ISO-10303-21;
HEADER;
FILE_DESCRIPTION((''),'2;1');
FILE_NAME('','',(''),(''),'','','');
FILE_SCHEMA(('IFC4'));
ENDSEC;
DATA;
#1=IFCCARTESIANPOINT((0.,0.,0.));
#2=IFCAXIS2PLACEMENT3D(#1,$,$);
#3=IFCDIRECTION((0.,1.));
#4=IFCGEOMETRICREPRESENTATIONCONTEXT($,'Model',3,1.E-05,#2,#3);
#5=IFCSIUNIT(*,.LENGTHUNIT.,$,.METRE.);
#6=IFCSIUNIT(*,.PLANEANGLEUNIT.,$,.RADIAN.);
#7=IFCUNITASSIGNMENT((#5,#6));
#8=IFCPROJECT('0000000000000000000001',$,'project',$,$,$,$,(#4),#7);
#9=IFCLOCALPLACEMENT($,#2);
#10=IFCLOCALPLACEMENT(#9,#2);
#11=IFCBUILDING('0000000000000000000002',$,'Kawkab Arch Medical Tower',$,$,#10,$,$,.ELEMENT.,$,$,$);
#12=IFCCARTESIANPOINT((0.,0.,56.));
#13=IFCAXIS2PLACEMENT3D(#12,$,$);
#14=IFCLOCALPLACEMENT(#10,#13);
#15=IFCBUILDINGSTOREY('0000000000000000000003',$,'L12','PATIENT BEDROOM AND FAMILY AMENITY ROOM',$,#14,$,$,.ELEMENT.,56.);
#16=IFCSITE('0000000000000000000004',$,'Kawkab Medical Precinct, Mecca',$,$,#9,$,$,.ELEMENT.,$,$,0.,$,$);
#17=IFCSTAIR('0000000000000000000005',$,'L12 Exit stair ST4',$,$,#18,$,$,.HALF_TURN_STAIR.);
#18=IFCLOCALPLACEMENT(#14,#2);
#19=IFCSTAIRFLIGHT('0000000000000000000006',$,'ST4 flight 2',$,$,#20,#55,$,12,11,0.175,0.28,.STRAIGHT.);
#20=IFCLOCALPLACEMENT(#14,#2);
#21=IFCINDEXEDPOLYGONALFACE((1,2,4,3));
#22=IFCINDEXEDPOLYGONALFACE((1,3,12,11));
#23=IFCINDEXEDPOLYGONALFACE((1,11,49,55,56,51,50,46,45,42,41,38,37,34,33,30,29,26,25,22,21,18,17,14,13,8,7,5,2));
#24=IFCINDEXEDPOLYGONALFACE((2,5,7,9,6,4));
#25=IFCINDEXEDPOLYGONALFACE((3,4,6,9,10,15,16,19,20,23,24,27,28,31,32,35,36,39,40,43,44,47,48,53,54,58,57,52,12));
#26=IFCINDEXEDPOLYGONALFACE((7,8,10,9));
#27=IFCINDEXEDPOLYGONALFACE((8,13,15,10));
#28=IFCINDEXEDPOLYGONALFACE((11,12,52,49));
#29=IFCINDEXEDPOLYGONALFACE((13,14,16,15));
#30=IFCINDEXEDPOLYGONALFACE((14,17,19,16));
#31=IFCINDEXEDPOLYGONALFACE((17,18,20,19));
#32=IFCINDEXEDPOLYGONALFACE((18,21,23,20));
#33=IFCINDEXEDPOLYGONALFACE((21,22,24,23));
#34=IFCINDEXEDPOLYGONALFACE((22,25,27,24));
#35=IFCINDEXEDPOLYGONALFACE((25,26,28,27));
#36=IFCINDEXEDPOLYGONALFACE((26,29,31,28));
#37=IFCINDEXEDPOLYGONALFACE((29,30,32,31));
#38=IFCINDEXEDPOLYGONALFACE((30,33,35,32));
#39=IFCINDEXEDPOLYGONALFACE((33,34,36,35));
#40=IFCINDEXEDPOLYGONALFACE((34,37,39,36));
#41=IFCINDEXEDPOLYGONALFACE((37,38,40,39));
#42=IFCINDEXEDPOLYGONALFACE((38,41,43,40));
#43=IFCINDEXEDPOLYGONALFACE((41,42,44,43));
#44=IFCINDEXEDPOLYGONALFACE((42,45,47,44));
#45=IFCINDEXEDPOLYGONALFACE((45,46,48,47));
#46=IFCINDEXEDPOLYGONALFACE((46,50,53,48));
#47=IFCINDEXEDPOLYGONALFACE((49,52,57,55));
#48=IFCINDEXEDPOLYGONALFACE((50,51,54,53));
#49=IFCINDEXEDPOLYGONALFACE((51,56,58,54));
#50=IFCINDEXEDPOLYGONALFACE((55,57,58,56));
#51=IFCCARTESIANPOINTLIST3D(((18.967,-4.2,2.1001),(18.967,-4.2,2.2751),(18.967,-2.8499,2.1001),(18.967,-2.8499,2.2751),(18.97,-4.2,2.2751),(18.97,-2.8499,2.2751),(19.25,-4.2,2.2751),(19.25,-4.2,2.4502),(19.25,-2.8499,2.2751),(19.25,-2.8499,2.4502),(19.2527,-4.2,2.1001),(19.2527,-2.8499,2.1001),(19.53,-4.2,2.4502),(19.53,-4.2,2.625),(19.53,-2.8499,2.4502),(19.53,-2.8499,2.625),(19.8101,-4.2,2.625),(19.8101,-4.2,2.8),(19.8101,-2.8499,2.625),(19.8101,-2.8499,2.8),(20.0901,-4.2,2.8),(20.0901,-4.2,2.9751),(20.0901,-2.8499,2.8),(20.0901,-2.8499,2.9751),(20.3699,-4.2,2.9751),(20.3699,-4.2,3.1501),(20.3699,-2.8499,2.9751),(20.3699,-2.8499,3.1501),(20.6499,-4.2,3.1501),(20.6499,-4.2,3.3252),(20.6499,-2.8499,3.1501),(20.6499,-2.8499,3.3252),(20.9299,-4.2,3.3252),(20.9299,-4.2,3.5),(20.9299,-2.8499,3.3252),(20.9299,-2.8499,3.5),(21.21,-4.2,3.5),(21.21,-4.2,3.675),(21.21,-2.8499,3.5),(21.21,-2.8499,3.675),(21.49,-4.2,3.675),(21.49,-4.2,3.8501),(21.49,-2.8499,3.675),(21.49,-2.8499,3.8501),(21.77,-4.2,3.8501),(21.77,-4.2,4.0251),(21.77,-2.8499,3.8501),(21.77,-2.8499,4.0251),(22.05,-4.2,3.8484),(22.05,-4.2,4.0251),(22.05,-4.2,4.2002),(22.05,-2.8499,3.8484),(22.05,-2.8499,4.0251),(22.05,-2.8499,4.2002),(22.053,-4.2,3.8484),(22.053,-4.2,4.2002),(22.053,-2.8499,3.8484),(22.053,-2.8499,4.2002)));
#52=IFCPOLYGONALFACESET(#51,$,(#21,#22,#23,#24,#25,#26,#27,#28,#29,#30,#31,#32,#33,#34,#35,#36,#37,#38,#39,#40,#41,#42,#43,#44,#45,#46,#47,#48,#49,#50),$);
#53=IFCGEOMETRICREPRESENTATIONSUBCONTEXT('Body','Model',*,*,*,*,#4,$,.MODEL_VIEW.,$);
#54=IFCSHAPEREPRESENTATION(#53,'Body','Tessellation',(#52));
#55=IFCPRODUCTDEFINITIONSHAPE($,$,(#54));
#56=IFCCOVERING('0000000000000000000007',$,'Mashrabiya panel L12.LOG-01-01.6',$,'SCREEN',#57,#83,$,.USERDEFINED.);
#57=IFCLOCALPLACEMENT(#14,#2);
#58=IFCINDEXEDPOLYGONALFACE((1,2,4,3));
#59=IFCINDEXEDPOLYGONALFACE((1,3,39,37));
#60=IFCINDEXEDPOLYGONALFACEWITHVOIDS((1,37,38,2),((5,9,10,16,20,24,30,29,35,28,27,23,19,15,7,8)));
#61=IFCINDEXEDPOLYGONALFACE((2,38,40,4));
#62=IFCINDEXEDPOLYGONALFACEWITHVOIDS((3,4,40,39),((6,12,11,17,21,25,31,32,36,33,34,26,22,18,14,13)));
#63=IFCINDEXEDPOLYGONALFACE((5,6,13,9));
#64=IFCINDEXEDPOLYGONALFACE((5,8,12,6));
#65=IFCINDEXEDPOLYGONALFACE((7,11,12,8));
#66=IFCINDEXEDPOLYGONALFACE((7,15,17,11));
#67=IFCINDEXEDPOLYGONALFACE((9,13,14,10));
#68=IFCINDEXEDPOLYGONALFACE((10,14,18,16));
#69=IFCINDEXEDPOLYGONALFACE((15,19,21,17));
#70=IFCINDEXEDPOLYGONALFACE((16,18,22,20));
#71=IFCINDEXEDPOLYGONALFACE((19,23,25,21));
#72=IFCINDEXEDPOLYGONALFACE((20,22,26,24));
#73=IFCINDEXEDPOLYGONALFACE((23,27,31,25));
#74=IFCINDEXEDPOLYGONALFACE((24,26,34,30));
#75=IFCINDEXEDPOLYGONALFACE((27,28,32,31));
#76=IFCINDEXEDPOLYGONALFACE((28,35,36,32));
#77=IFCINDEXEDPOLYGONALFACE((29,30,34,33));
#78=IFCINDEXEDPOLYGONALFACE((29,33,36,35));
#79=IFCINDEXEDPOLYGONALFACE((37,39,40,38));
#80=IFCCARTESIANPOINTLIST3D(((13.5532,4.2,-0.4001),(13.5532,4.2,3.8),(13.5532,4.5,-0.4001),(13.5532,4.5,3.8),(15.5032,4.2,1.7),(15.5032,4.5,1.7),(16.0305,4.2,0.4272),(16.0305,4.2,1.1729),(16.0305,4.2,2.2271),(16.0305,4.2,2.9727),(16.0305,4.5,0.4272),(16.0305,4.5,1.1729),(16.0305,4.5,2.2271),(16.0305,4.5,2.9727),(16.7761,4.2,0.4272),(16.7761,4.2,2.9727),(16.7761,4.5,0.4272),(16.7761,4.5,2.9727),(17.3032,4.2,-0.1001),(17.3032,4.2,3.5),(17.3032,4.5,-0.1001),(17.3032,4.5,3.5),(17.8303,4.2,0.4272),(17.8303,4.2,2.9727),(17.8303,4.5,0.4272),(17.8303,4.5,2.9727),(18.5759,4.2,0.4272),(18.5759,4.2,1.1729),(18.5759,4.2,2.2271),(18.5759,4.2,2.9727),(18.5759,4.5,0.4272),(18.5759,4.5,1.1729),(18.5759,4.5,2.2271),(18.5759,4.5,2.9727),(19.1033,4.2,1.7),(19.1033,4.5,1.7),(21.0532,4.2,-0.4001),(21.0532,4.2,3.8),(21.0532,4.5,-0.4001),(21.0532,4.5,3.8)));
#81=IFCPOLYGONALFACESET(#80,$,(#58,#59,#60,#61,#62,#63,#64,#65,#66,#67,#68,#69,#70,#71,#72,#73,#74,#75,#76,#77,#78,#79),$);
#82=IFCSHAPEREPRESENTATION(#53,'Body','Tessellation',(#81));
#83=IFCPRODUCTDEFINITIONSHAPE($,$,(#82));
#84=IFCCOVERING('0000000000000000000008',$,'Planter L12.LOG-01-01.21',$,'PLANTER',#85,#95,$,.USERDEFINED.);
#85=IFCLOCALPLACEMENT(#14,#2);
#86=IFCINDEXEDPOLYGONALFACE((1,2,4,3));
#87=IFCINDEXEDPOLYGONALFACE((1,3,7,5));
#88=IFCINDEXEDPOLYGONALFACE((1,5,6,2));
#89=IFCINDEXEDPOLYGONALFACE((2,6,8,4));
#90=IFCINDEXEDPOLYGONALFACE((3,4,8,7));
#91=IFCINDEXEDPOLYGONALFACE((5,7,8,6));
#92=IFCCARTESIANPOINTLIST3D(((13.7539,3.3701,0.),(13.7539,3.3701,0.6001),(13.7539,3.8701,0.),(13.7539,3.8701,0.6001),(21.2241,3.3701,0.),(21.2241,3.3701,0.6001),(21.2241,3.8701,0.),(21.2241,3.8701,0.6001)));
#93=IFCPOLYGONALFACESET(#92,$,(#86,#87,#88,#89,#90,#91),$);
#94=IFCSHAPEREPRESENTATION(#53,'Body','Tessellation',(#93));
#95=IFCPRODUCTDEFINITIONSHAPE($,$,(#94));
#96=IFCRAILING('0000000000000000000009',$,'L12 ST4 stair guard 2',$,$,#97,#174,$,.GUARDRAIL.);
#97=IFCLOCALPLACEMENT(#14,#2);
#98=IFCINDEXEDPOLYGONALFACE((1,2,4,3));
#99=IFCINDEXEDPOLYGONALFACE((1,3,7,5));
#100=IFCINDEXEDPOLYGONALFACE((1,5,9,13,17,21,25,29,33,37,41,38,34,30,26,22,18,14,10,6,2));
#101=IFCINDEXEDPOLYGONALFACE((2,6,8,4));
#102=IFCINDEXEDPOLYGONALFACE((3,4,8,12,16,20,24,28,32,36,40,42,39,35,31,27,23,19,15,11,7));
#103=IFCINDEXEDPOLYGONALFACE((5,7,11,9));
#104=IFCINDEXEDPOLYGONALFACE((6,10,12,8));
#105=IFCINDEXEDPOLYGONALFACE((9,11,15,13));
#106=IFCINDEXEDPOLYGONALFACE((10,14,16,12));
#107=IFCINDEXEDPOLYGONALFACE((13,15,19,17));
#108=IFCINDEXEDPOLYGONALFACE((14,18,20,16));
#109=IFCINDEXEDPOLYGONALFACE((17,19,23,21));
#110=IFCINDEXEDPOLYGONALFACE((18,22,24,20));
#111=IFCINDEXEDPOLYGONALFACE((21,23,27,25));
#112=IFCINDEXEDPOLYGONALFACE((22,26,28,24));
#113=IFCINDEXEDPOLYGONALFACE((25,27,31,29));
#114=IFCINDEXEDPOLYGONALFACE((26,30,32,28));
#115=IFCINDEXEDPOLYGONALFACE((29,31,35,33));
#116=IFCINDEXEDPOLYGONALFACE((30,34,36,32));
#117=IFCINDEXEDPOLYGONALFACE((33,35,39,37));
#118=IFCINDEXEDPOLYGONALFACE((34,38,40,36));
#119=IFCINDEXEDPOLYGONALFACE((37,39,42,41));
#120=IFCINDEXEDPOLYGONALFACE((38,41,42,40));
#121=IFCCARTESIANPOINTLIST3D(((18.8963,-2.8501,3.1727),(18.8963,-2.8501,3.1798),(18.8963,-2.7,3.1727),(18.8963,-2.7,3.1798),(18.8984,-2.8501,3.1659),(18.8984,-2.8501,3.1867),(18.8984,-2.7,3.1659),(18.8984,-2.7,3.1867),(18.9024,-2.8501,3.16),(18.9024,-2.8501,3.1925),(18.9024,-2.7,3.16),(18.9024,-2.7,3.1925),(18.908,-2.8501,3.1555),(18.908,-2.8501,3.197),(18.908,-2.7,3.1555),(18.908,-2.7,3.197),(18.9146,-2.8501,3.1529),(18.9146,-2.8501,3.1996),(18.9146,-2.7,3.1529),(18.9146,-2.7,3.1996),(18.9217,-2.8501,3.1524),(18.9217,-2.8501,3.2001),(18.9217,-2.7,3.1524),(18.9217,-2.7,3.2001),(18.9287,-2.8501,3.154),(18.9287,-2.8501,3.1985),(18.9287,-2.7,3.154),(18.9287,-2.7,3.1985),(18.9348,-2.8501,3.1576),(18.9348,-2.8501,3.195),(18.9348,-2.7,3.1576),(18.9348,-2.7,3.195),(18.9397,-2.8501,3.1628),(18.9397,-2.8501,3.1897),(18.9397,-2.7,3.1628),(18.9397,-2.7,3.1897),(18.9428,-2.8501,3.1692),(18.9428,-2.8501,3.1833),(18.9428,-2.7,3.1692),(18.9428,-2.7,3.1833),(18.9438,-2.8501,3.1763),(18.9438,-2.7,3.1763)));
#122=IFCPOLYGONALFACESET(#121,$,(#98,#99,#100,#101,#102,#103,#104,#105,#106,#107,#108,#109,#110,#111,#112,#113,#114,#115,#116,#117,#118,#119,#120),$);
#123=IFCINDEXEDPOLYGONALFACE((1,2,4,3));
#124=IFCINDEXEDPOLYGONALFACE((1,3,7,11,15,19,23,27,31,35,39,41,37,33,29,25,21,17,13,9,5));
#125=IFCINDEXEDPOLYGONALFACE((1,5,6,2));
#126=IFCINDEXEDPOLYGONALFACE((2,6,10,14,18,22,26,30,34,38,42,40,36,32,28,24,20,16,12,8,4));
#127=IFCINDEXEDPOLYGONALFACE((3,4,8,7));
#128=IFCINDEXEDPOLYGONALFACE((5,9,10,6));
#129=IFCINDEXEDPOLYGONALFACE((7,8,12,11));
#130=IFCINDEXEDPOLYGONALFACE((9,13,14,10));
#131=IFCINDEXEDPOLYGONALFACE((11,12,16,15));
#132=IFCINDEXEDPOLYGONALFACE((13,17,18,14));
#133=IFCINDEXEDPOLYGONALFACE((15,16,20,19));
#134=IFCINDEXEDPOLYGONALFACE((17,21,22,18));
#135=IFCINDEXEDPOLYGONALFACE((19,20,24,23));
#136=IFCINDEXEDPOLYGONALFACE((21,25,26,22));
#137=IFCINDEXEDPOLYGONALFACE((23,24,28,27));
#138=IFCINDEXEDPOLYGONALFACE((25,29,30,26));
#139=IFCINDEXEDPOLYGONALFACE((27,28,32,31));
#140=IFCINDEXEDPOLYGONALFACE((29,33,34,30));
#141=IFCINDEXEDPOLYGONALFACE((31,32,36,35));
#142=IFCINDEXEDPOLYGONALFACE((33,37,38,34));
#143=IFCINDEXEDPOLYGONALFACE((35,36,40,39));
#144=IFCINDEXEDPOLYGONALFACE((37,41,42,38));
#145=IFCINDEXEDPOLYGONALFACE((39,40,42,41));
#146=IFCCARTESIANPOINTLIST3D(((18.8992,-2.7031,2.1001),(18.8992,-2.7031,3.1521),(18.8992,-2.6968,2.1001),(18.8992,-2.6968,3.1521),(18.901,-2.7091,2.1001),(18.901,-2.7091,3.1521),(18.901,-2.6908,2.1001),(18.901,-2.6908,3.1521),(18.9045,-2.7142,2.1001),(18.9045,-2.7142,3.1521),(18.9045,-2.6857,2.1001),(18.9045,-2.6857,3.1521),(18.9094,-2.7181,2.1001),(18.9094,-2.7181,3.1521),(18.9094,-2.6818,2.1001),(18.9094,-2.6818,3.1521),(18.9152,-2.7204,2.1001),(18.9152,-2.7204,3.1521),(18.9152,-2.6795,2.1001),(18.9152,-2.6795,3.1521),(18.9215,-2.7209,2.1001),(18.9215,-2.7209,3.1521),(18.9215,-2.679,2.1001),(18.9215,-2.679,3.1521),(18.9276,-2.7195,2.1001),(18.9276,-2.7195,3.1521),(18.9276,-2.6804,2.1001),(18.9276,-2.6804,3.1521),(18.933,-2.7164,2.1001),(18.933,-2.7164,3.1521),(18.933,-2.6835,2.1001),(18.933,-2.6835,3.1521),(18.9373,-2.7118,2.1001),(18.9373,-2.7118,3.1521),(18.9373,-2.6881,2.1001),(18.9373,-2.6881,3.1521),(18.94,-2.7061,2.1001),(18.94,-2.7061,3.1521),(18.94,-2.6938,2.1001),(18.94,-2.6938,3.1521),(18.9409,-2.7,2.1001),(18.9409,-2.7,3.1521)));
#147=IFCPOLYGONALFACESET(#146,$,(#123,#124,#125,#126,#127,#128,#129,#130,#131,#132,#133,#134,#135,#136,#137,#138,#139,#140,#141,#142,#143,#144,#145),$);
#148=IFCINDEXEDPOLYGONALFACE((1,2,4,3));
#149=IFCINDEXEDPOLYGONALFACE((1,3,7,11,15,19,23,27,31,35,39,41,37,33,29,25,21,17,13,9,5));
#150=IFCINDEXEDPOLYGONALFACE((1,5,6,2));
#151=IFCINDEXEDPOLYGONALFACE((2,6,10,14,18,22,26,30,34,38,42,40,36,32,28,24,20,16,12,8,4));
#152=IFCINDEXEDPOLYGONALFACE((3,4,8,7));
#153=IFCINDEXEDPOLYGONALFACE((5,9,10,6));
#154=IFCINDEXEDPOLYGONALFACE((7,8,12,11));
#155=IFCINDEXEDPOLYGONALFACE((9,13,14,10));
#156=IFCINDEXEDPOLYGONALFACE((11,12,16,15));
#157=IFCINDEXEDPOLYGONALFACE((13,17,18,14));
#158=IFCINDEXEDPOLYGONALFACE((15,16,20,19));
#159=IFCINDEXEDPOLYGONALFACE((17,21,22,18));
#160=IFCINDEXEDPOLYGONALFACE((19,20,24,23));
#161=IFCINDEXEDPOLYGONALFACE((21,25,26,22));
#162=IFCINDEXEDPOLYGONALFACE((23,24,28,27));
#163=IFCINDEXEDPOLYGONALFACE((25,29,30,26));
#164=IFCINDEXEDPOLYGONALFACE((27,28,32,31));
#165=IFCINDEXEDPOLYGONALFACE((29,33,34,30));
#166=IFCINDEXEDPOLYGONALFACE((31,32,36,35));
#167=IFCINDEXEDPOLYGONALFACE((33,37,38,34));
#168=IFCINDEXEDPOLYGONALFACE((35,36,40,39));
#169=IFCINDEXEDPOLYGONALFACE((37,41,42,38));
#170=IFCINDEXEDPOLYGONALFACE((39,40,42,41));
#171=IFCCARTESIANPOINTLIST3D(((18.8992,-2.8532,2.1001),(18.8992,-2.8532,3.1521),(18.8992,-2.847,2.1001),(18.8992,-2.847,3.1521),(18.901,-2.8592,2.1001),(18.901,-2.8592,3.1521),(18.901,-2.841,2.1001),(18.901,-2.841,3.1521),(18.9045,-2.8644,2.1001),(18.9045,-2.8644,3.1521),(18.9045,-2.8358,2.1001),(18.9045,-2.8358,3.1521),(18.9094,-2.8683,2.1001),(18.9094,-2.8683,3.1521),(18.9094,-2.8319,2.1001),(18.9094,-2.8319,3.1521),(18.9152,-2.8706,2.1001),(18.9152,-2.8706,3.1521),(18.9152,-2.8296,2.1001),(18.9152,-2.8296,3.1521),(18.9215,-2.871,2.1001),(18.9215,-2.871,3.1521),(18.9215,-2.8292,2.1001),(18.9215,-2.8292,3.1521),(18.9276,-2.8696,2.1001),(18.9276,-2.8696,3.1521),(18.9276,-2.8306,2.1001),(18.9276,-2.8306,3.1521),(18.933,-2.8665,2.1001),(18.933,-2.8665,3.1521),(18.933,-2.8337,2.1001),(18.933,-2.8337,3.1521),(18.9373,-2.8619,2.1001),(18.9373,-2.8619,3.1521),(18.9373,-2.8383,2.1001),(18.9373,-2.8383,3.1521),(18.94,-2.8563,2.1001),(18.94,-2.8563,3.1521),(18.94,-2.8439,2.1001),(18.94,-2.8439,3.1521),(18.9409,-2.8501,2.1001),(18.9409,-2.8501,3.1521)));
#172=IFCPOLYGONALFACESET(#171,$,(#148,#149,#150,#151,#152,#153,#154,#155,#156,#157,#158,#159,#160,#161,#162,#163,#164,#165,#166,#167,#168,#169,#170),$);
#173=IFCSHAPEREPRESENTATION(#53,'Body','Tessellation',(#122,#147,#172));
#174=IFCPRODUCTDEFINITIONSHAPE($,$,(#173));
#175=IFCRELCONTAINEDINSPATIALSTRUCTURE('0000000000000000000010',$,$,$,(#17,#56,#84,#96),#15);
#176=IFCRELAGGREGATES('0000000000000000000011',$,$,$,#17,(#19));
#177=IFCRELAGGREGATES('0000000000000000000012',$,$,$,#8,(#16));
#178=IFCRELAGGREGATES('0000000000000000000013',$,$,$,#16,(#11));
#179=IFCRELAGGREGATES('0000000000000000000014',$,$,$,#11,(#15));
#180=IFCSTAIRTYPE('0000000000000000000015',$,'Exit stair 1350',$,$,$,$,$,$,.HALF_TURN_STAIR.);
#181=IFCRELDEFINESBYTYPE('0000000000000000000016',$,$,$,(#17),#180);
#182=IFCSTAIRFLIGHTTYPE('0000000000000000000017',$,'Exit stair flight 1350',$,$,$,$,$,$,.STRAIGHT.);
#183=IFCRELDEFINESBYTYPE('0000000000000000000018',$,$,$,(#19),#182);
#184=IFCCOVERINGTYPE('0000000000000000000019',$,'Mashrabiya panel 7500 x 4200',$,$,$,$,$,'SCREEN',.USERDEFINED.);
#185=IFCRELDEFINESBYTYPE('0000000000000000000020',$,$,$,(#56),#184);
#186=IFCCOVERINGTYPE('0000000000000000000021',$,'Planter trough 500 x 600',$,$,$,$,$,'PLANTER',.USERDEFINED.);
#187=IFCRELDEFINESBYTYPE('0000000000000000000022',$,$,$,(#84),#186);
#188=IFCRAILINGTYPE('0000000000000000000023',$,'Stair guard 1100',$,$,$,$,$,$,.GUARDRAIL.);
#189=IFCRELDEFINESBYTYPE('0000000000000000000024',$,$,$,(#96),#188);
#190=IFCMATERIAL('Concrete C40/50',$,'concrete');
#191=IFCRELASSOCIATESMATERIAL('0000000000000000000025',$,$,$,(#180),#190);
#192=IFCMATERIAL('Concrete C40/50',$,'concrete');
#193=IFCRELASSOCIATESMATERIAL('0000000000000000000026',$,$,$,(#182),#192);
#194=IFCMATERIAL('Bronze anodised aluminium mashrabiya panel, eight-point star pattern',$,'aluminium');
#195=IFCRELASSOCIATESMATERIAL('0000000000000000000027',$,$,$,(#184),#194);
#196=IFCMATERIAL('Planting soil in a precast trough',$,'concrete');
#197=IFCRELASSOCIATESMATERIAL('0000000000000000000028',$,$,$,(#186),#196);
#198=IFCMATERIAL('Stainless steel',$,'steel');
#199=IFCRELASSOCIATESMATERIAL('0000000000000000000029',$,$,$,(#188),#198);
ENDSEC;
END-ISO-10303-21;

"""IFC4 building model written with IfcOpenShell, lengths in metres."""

from ifc_helpers import new_model, si_unit, direction, frame, origin, origin_2d, place, context, subcontext, project, spatial, polyline, rectangle, circle, outline, extrude, material, material_profile, profile_set, type_object, element, aggregate, save


model = new_model("IFC4")

# Units and contexts
model_context = context("Model", 3, precision=1e-05, world=origin(), true_north=direction((0.0, 1.0)))
body_context = subcontext(model_context, "Body", "Model", "MODEL_VIEW")
ifc_project = project(units=[si_unit("LENGTHUNIT", "METRE"), si_unit("PLANEANGLEUNIT", "RADIAN")], contexts=[model_context])

# Site, building, storey
site_placement = place(None, origin())
site = spatial("IfcSite", under=ifc_project, at=site_placement, Name="Kawkab Medical Precinct, Mecca", CompositionType="ELEMENT", RefElevation=0.0)
building_placement = place(site_placement, origin())
building = spatial("IfcBuilding", under=site, at=building_placement, Name="Kawkab Arch Medical Tower", CompositionType="ELEMENT")
storey_placement = place(building_placement, frame((0.0, 0.0, 56.0)))
storey = spatial("IfcBuildingStorey", under=building, at=storey_placement, Name="L12", Description="PATIENT BEDROOM AND FAMILY AMENITY ROOM", CompositionType="ELEMENT", Elevation=56.0)

# Shared definitions
placement = place(storey_placement, origin())

# Stair, stair flight
ifc_material_1 = material(Name="Concrete C40/50", Category="concrete")
stair_type = type_object("IfcStairType", Name="Exit stair 1350", PredefinedType="HALF_TURN_STAIR", material=ifc_material_1)
stair = element("IfcStair", 1, at=placement, inside=storey, type_object=stair_type, Name="L12 Exit stair ST4", PredefinedType="HALF_TURN_STAIR")
ifc_material_2 = material(Name="Concrete C40/50", Category="concrete")
stair_flight_type = type_object("IfcStairFlightType", Name="Exit stair flight 1350", PredefinedType="STRAIGHT", material=ifc_material_2)
stair_flight_placement = place(storey_placement, frame((18.97, -3.5249, 2.1001), z_axis=(0.0, 0.0, 1.0), x_axis=(1.0, 0.0, 0.0)))
stair_flight = element("IfcStairFlight", 2, at=stair_flight_placement, type_object=stair_flight_type, Name="ST4 flight 2", NumberOfRisers=12, NumberOfTreads=11, PredefinedType="STRAIGHT", RiserHeight=0.175, TreadLength=0.28, context=body_context, shape_type="SweptSolid", body=[
    extrude(outline(polyline([(-0.0029, 0.0), (-0.0029, 0.175), (0.0, 0.175), (0.28, 0.175), (0.28, 0.3501), (0.5601, 0.3501), (0.5601, 0.5249), (0.8401, 0.5249), (0.8401, 0.7), (1.1201, 0.7), (1.1201, 0.875), (1.3999, 0.875), (1.3999, 1.05), (1.6799, 1.05), (1.6799, 1.2251), (1.96, 1.2251), (1.96, 1.3999), (2.24, 1.3999), (2.24, 1.575), (2.52, 1.575), (2.52, 1.75), (2.8, 1.75), (2.8, 1.925), (3.0801, 1.925), (3.0801, 2.1001), (3.083, 2.1001), (3.083, 1.7483), (3.0801, 1.7483), (0.2827, 0.0), (-0.0029, 0.0)])), frame((0.0, 0.675, 0.0), z_axis=(0.0, -1.0, 0.0), x_axis=(1.0, 0.0, 0.0)), (0.0, 0.0, 1.0), 1.3501),
])
aggregate(stair, [stair_flight])

# Coverings
ifc_material_3 = material(Name="Bronze anodised aluminium mashrabiya panel, eight-point star pattern", Category="aluminium")
ifc_material_profile_1 = material_profile(ifc_material_3, outline(polyline([(-3.75, -2.1001), (3.75, -2.1001), (3.75, 2.1001), (-3.75, 2.1001), (-3.75, -2.1001)]), holes=[polyline([(1.8, 0.0), (1.2727, 0.5271), (1.2727, 1.2727), (0.5271, 1.2727), (0.0, 1.8), (-0.5271, 1.2727), (-1.2727, 1.2727), (-1.2727, 0.5271), (-1.8, 0.0), (-1.2727, -0.5271), (-1.2727, -1.2727), (-0.5271, -1.2727), (0.0, -1.8), (0.5271, -1.2727), (1.2727, -1.2727), (1.2727, -0.5271), (1.8, 0.0)])]), Name="Mashrabiya panel 7500x4200")
ifc_profile_set_1 = profile_set([ifc_material_profile_1], Name="Bronze anodised aluminium mashrabiya panel, eight-point star pattern")
covering_type_1 = type_object("IfcCoveringType", Name="Mashrabiya panel 7500 x 4200", ElementType="SCREEN", PredefinedType="USERDEFINED", material=ifc_profile_set_1)
covering_1_placement = place(storey_placement, frame((17.3032, 4.2, 1.7), z_axis=(0.0, 1.0, 0.0), x_axis=(-1.0, 0.0, 0.0)))
element("IfcCovering", 3, at=covering_1_placement, inside=storey, type_object=covering_type_1, Name="Mashrabiya panel L12.LOG-01-01.6", ObjectType="SCREEN", PredefinedType="USERDEFINED", context=body_context, shape_type="SweptSolid", body=[
    extrude(outline(polyline([(-3.75, -2.1001), (3.75, -2.1001), (3.75, 2.1001), (-3.75, 2.1001), (-3.75, -2.1001)]), holes=[polyline([(1.8, 0.0), (1.2727, 0.5271), (1.2727, 1.2727), (0.5271, 1.2727), (0.0, 1.8), (-0.5271, 1.2727), (-1.2727, 1.2727), (-1.2727, 0.5271), (-1.8, 0.0), (-1.2727, -0.5271), (-1.2727, -1.2727), (-0.5271, -1.2727), (0.0, -1.8), (0.5271, -1.2727), (1.2727, -1.2727), (1.2727, -0.5271), (1.8, 0.0)])]), origin(), (0.0, 0.0, 1.0), 0.3),
])
ifc_material_4 = material(Name="Planting soil in a precast trough", Category="concrete")
ifc_material_profile_2 = material_profile(ifc_material_4, rectangle(XDim=0.5, YDim=0.6001, at=origin_2d()), Name="Trough 500x600")
ifc_profile_set_2 = profile_set([ifc_material_profile_2], Name="Planting soil in a precast trough")
covering_type_2 = type_object("IfcCoveringType", Name="Planter trough 500 x 600", ElementType="PLANTER", PredefinedType="USERDEFINED", material=ifc_profile_set_2)
covering_2_placement = place(storey_placement, frame((13.7539, 3.6201, 0.3), z_axis=(1.0, 0.0, 0.0), x_axis=(0.0, 1.0, 0.0)))
element("IfcCovering", 4, at=covering_2_placement, inside=storey, type_object=covering_type_2, Name="Planter L12.LOG-01-01.21", ObjectType="PLANTER", PredefinedType="USERDEFINED", context=body_context, shape_type="SweptSolid", body=[
    extrude(rectangle(XDim=0.5, YDim=0.6001, at=origin_2d()), origin(), (0.0, 0.0, 1.0), 7.4702),
])

# Railing
ifc_material_5 = material(Name="Stainless steel", Category="steel")
railing_type_1 = type_object("IfcRailingType", Name="Stair guard 1100", PredefinedType="GUARDRAIL", material=ifc_material_5)
railing_1_placement = place(storey_placement, frame((18.9199, -2.7, 2.1001)))
element("IfcRailing", 5, at=railing_1_placement, inside=storey, type_object=railing_type_1, Name="L12 ST4 stair guard 2", PredefinedType="GUARDRAIL", context=body_context, shape_type="SweptSolid", body=[
    extrude(circle(Radius=0.0239, at=origin_2d()), frame((0.0, 0.0, 1.0762), z_axis=(0.0, -1.0, 0.0), x_axis=(1.0, 0.0, 0.0)), (0.0, 0.0, 1.0), 0.1501),
    extrude(circle(Radius=0.021, at=origin_2d()), origin(), (0.0, 0.0, 1.0), 1.052),
    extrude(circle(Radius=0.021, at=origin_2d()), frame((0.0, -0.1501, 0.0)), (0.0, 0.0, 1.0), 1.052),
])

save(model, "model.ifc")
